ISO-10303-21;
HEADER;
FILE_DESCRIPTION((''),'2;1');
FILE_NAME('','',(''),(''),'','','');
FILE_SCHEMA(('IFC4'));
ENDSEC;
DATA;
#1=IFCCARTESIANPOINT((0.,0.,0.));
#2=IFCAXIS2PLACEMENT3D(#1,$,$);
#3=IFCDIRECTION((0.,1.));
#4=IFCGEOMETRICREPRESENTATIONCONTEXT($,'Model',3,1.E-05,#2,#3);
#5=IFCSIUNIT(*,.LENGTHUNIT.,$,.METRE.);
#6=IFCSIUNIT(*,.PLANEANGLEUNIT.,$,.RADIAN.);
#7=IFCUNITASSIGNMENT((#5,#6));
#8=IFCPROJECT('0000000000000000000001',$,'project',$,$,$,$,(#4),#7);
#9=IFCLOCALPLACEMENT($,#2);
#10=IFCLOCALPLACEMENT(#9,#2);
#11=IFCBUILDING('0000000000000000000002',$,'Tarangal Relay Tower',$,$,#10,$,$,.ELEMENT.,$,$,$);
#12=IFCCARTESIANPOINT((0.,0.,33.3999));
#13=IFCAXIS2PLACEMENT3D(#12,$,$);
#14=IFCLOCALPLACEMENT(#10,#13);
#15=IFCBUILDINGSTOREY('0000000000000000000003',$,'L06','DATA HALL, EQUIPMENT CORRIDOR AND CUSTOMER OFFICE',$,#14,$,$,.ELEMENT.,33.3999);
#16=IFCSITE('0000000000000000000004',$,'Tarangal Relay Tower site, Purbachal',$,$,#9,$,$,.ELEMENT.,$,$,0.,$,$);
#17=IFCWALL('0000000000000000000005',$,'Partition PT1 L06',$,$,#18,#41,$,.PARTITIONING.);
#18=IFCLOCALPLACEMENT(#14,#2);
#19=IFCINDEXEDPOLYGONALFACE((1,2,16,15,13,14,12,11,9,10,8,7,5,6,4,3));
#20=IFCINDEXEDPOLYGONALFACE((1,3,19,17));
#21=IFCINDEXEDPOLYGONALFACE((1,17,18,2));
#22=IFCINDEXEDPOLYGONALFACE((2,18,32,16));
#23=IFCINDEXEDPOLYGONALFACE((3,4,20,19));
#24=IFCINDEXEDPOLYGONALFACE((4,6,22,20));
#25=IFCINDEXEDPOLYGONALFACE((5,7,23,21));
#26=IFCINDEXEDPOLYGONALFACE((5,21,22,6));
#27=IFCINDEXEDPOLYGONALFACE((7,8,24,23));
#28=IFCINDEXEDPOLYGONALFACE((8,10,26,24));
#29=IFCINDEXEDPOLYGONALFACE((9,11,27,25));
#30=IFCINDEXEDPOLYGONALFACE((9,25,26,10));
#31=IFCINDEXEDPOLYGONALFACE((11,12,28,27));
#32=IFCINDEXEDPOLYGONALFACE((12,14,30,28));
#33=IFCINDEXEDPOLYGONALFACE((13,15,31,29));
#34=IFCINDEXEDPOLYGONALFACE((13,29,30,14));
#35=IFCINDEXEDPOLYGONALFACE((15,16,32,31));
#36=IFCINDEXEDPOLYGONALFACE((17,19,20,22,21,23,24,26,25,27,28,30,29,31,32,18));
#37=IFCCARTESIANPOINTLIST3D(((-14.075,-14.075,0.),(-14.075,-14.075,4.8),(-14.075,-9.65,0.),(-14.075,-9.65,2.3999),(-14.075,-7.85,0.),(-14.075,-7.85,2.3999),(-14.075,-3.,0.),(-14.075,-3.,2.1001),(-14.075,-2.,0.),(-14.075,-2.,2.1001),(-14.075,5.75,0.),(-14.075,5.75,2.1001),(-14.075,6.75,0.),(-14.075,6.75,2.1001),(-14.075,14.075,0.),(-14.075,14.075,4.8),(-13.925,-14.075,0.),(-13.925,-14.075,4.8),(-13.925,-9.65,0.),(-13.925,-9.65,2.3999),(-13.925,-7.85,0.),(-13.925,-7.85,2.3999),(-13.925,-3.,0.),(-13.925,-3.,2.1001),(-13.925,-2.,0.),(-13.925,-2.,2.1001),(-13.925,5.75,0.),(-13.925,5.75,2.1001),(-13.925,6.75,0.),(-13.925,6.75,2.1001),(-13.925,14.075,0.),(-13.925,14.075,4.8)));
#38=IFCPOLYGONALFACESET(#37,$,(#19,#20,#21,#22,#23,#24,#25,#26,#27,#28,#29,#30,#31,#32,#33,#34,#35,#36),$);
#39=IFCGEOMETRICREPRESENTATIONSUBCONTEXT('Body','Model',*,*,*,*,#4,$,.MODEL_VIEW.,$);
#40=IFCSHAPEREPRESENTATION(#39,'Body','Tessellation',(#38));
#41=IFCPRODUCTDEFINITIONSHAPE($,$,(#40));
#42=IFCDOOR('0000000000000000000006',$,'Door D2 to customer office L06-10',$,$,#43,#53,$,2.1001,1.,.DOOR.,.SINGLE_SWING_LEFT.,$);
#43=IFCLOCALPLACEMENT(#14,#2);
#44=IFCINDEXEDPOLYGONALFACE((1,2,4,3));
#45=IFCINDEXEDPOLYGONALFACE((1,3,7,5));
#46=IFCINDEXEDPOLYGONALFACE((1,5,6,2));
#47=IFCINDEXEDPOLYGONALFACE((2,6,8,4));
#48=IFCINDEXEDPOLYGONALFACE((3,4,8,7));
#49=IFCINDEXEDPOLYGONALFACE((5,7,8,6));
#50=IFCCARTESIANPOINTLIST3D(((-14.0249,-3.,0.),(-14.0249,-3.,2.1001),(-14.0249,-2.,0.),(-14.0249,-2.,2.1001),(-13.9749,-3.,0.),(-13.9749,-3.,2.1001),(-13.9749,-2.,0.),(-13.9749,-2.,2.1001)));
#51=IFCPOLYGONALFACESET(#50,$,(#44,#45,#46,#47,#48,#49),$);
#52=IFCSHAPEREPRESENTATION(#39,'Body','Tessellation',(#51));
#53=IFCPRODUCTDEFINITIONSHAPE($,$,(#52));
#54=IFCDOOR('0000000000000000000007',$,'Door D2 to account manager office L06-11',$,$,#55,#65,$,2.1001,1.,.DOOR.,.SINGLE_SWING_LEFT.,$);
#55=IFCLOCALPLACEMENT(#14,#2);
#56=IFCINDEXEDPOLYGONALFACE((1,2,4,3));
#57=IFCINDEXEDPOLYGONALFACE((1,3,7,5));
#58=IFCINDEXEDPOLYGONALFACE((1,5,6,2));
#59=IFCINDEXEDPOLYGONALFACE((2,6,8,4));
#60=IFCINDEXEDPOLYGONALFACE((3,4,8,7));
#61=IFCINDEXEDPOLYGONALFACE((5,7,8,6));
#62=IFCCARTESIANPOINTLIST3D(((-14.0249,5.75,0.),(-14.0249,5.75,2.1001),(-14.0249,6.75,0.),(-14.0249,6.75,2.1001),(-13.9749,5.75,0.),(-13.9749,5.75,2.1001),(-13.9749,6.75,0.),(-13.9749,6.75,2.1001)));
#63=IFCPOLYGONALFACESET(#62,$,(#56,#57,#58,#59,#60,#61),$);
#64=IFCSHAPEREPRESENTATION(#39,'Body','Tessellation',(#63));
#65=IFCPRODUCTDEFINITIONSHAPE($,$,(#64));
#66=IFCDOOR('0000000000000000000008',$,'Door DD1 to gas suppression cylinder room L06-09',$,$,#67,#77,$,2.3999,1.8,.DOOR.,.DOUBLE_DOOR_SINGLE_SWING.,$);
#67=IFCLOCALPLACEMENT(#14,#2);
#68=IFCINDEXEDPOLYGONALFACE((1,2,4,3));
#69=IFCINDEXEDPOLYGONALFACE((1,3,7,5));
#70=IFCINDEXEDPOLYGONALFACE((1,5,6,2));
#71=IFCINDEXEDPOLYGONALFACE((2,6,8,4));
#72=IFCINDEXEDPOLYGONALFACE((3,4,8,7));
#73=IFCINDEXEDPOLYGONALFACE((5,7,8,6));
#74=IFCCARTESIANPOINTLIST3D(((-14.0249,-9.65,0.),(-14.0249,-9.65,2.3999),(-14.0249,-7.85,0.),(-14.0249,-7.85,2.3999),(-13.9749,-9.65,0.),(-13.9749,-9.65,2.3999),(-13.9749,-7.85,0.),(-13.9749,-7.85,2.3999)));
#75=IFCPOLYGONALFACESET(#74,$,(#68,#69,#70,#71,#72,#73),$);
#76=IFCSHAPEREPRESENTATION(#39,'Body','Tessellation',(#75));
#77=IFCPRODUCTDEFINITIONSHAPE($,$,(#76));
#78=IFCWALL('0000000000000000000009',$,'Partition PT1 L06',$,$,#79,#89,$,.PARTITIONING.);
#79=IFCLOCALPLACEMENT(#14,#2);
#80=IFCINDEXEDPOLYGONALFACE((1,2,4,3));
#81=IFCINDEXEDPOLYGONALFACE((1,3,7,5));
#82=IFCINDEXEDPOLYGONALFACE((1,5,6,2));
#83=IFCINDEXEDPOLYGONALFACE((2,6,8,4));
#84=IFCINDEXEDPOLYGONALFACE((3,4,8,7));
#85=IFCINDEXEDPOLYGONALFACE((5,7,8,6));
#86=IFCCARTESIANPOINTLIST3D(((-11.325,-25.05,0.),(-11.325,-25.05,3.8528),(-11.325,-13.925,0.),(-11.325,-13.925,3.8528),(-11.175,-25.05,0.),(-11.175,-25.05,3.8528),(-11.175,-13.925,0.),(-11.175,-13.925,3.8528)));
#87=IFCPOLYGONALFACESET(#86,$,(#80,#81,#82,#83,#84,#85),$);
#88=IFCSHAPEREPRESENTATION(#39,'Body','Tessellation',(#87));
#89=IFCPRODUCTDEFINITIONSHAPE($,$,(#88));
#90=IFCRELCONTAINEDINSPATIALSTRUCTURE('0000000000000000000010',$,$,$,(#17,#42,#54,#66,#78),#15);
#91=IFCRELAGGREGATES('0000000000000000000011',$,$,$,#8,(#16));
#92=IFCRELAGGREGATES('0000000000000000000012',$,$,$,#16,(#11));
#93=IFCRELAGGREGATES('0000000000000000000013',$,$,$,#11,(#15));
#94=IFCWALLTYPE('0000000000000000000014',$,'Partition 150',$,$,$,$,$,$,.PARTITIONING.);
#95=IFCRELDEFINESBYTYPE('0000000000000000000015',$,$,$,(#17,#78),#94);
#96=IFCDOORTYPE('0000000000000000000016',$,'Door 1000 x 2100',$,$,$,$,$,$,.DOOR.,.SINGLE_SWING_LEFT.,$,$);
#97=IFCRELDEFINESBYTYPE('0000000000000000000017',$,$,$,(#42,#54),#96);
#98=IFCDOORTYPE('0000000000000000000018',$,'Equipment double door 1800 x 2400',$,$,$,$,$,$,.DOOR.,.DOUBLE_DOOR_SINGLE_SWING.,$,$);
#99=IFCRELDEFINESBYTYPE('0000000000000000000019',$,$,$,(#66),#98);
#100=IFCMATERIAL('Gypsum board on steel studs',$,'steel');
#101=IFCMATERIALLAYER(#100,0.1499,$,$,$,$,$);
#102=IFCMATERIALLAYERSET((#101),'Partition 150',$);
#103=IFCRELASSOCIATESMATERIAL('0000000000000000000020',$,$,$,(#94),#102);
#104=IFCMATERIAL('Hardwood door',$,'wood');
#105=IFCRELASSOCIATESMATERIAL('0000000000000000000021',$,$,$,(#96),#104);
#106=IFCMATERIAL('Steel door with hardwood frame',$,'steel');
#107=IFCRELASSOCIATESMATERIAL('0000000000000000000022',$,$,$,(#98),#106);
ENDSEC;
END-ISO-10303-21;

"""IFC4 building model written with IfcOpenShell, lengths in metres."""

from ifc_helpers import new_model, si_unit, direction, frame, frame_2d, origin, place, context, subcontext, project, spatial, rectangle, extrude, material, layer, layer_set, type_object, element, fill, save


model = new_model("IFC4")

# Units and contexts
model_context = context("Model", 3, precision=1e-05, world=origin(), true_north=direction((0.0, 1.0)))
body_context = subcontext(model_context, "Body", "Model", "MODEL_VIEW")
ifc_project = project(units=[si_unit("LENGTHUNIT", "METRE"), si_unit("PLANEANGLEUNIT", "RADIAN")], contexts=[model_context])

# Site, building, storey
site_placement = place(None, origin())
site = spatial("IfcSite", under=ifc_project, at=site_placement, Name="Tarangal Relay Tower site, Purbachal", CompositionType="ELEMENT", RefElevation=0.0)
building_placement = place(site_placement, origin())
building = spatial("IfcBuilding", under=site, at=building_placement, Name="Tarangal Relay Tower", CompositionType="ELEMENT")
storey_placement = place(building_placement, frame((0.0, 0.0, 33.3999)))
storey = spatial("IfcBuildingStorey", under=building, at=storey_placement, Name="L06", Description="DATA HALL, EQUIPMENT CORRIDOR AND CUSTOMER OFFICE", CompositionType="ELEMENT", Elevation=33.3999)

# Wall, openings, doors
ifc_material_1 = material(Name="Gypsum board on steel studs", Category="steel")
ifc_layer_1 = layer(ifc_material_1, 0.1499)
ifc_layer_set_1 = layer_set([ifc_layer_1], Name="Partition 150")
wall_type_1 = type_object("IfcWallType", Name="Partition 150", PredefinedType="PARTITIONING", material=ifc_layer_set_1)
ifc_material_2 = material(Name="Hardwood door", Category="wood")
door_type_1 = type_object("IfcDoorType", Name="Door 1000 x 2100", OperationType="SINGLE_SWING_LEFT", PredefinedType="DOOR", material=ifc_material_2)
ifc_material_3 = material(Name="Steel door with hardwood frame", Category="steel")
door_type_2 = type_object("IfcDoorType", Name="Equipment double door 1800 x 2400", OperationType="DOUBLE_DOOR_SINGLE_SWING", PredefinedType="DOOR", material=ifc_material_3)
wall_1_placement = place(storey_placement, frame((-14.0, -14.075, 0.0), z_axis=(0.0, 0.0, 1.0), x_axis=(0.0, 1.0, 0.0)))
wall_1 = element("IfcWall", 1, at=wall_1_placement, inside=storey, type_object=wall_type_1, Name="Partition PT1 L06", PredefinedType="PARTITIONING", context=body_context, shape_type="SweptSolid", body=[
    extrude(rectangle(XDim=28.1499, YDim=0.1499, at=frame_2d((14.075, 0.0))), origin(), (0.0, 0.0, 1.0), 4.8),
])
opening_1_placement = place(wall_1_placement, frame((4.425, 0.0, 0.0)))
opening_1 = element("IfcOpeningElement", 2, at=opening_1_placement, cuts=wall_1, PredefinedType="OPENING", context=body_context, shape_type="SweptSolid", body=[
    extrude(rectangle(XDim=1.8, YDim=2.3999, at=frame_2d((0.8999, 1.2))), frame((0.0, 0.085, 0.0), z_axis=(0.0, -1.0, 0.0), x_axis=(1.0, 0.0, 0.0)), (0.0, 0.0, 1.0), 0.1699),
])
opening_2_placement = place(wall_1_placement, frame((11.075, 0.0, 0.0)))
opening_2 = element("IfcOpeningElement", 3, at=opening_2_placement, cuts=wall_1, PredefinedType="OPENING", context=body_context, shape_type="SweptSolid", body=[
    extrude(rectangle(XDim=1.0, YDim=2.1001, at=frame_2d((0.5, 1.05))), frame((0.0, 0.085, 0.0), z_axis=(0.0, -1.0, 0.0), x_axis=(1.0, 0.0, 0.0)), (0.0, 0.0, 1.0), 0.1699),
])
opening_3_placement = place(wall_1_placement, frame((19.825, 0.0, 0.0)))
opening_3 = element("IfcOpeningElement", 4, at=opening_3_placement, cuts=wall_1, PredefinedType="OPENING", context=body_context, shape_type="SweptSolid", body=[
    extrude(rectangle(XDim=1.0, YDim=2.1001, at=frame_2d((0.5, 1.05))), frame((0.0, 0.085, 0.0), z_axis=(0.0, -1.0, 0.0), x_axis=(1.0, 0.0, 0.0)), (0.0, 0.0, 1.0), 0.1699),
])
door_1_placement = place(opening_2_placement, origin())
door_1 = element("IfcDoor", 5, at=door_1_placement, inside=storey, type_object=door_type_1, Name="Door D2 to customer office L06-10", OperationType="SINGLE_SWING_LEFT", OverallHeight=2.1001, OverallWidth=1.0, PredefinedType="DOOR", context=body_context, shape_type="SweptSolid", body=[
    extrude(rectangle(XDim=1.0, YDim=2.1001, at=frame_2d((0.5, 1.05))), frame((0.0, 0.0249, 0.0), z_axis=(0.0, -1.0, 0.0), x_axis=(1.0, 0.0, 0.0)), (0.0, 0.0, 1.0), 0.05),
])
fill(opening_2, door_1)
door_2_placement = place(opening_3_placement, origin())
door_2 = element("IfcDoor", 6, at=door_2_placement, inside=storey, type_object=door_type_1, Name="Door D2 to account manager office L06-11", OperationType="SINGLE_SWING_LEFT", OverallHeight=2.1001, OverallWidth=1.0, PredefinedType="DOOR", context=body_context, shape_type="SweptSolid", body=[
    extrude(rectangle(XDim=1.0, YDim=2.1001, at=frame_2d((0.5, 1.05))), frame((0.0, 0.0249, 0.0), z_axis=(0.0, -1.0, 0.0), x_axis=(1.0, 0.0, 0.0)), (0.0, 0.0, 1.0), 0.05),
])
fill(opening_3, door_2)
door_3_placement = place(opening_1_placement, origin())
door_3 = element("IfcDoor", 7, at=door_3_placement, inside=storey, type_object=door_type_2, Name="Door DD1 to gas suppression cylinder room L06-09", OperationType="DOUBLE_DOOR_SINGLE_SWING", OverallHeight=2.3999, OverallWidth=1.8, PredefinedType="DOOR", context=body_context, shape_type="SweptSolid", body=[
    extrude(rectangle(XDim=1.8, YDim=2.3999, at=frame_2d((0.8999, 1.2))), frame((0.0, 0.0249, 0.0), z_axis=(0.0, -1.0, 0.0), x_axis=(1.0, 0.0, 0.0)), (0.0, 0.0, 1.0), 0.05),
])
fill(opening_1, door_3)

# Wall
wall_2_placement = place(storey_placement, frame((-11.25, -25.05, 0.0), z_axis=(0.0, 0.0, 1.0), x_axis=(0.0, 1.0, 0.0)))
element("IfcWall", 8, at=wall_2_placement, inside=storey, type_object=wall_type_1, Name="Partition PT1 L06", PredefinedType="PARTITIONING", context=body_context, shape_type="SweptSolid", body=[
    extrude(rectangle(XDim=11.125, YDim=0.1499, at=frame_2d((5.5625, 0.0))), origin(), (0.0, 0.0, 1.0), 3.8528),
])

save(model, "model.ifc")
